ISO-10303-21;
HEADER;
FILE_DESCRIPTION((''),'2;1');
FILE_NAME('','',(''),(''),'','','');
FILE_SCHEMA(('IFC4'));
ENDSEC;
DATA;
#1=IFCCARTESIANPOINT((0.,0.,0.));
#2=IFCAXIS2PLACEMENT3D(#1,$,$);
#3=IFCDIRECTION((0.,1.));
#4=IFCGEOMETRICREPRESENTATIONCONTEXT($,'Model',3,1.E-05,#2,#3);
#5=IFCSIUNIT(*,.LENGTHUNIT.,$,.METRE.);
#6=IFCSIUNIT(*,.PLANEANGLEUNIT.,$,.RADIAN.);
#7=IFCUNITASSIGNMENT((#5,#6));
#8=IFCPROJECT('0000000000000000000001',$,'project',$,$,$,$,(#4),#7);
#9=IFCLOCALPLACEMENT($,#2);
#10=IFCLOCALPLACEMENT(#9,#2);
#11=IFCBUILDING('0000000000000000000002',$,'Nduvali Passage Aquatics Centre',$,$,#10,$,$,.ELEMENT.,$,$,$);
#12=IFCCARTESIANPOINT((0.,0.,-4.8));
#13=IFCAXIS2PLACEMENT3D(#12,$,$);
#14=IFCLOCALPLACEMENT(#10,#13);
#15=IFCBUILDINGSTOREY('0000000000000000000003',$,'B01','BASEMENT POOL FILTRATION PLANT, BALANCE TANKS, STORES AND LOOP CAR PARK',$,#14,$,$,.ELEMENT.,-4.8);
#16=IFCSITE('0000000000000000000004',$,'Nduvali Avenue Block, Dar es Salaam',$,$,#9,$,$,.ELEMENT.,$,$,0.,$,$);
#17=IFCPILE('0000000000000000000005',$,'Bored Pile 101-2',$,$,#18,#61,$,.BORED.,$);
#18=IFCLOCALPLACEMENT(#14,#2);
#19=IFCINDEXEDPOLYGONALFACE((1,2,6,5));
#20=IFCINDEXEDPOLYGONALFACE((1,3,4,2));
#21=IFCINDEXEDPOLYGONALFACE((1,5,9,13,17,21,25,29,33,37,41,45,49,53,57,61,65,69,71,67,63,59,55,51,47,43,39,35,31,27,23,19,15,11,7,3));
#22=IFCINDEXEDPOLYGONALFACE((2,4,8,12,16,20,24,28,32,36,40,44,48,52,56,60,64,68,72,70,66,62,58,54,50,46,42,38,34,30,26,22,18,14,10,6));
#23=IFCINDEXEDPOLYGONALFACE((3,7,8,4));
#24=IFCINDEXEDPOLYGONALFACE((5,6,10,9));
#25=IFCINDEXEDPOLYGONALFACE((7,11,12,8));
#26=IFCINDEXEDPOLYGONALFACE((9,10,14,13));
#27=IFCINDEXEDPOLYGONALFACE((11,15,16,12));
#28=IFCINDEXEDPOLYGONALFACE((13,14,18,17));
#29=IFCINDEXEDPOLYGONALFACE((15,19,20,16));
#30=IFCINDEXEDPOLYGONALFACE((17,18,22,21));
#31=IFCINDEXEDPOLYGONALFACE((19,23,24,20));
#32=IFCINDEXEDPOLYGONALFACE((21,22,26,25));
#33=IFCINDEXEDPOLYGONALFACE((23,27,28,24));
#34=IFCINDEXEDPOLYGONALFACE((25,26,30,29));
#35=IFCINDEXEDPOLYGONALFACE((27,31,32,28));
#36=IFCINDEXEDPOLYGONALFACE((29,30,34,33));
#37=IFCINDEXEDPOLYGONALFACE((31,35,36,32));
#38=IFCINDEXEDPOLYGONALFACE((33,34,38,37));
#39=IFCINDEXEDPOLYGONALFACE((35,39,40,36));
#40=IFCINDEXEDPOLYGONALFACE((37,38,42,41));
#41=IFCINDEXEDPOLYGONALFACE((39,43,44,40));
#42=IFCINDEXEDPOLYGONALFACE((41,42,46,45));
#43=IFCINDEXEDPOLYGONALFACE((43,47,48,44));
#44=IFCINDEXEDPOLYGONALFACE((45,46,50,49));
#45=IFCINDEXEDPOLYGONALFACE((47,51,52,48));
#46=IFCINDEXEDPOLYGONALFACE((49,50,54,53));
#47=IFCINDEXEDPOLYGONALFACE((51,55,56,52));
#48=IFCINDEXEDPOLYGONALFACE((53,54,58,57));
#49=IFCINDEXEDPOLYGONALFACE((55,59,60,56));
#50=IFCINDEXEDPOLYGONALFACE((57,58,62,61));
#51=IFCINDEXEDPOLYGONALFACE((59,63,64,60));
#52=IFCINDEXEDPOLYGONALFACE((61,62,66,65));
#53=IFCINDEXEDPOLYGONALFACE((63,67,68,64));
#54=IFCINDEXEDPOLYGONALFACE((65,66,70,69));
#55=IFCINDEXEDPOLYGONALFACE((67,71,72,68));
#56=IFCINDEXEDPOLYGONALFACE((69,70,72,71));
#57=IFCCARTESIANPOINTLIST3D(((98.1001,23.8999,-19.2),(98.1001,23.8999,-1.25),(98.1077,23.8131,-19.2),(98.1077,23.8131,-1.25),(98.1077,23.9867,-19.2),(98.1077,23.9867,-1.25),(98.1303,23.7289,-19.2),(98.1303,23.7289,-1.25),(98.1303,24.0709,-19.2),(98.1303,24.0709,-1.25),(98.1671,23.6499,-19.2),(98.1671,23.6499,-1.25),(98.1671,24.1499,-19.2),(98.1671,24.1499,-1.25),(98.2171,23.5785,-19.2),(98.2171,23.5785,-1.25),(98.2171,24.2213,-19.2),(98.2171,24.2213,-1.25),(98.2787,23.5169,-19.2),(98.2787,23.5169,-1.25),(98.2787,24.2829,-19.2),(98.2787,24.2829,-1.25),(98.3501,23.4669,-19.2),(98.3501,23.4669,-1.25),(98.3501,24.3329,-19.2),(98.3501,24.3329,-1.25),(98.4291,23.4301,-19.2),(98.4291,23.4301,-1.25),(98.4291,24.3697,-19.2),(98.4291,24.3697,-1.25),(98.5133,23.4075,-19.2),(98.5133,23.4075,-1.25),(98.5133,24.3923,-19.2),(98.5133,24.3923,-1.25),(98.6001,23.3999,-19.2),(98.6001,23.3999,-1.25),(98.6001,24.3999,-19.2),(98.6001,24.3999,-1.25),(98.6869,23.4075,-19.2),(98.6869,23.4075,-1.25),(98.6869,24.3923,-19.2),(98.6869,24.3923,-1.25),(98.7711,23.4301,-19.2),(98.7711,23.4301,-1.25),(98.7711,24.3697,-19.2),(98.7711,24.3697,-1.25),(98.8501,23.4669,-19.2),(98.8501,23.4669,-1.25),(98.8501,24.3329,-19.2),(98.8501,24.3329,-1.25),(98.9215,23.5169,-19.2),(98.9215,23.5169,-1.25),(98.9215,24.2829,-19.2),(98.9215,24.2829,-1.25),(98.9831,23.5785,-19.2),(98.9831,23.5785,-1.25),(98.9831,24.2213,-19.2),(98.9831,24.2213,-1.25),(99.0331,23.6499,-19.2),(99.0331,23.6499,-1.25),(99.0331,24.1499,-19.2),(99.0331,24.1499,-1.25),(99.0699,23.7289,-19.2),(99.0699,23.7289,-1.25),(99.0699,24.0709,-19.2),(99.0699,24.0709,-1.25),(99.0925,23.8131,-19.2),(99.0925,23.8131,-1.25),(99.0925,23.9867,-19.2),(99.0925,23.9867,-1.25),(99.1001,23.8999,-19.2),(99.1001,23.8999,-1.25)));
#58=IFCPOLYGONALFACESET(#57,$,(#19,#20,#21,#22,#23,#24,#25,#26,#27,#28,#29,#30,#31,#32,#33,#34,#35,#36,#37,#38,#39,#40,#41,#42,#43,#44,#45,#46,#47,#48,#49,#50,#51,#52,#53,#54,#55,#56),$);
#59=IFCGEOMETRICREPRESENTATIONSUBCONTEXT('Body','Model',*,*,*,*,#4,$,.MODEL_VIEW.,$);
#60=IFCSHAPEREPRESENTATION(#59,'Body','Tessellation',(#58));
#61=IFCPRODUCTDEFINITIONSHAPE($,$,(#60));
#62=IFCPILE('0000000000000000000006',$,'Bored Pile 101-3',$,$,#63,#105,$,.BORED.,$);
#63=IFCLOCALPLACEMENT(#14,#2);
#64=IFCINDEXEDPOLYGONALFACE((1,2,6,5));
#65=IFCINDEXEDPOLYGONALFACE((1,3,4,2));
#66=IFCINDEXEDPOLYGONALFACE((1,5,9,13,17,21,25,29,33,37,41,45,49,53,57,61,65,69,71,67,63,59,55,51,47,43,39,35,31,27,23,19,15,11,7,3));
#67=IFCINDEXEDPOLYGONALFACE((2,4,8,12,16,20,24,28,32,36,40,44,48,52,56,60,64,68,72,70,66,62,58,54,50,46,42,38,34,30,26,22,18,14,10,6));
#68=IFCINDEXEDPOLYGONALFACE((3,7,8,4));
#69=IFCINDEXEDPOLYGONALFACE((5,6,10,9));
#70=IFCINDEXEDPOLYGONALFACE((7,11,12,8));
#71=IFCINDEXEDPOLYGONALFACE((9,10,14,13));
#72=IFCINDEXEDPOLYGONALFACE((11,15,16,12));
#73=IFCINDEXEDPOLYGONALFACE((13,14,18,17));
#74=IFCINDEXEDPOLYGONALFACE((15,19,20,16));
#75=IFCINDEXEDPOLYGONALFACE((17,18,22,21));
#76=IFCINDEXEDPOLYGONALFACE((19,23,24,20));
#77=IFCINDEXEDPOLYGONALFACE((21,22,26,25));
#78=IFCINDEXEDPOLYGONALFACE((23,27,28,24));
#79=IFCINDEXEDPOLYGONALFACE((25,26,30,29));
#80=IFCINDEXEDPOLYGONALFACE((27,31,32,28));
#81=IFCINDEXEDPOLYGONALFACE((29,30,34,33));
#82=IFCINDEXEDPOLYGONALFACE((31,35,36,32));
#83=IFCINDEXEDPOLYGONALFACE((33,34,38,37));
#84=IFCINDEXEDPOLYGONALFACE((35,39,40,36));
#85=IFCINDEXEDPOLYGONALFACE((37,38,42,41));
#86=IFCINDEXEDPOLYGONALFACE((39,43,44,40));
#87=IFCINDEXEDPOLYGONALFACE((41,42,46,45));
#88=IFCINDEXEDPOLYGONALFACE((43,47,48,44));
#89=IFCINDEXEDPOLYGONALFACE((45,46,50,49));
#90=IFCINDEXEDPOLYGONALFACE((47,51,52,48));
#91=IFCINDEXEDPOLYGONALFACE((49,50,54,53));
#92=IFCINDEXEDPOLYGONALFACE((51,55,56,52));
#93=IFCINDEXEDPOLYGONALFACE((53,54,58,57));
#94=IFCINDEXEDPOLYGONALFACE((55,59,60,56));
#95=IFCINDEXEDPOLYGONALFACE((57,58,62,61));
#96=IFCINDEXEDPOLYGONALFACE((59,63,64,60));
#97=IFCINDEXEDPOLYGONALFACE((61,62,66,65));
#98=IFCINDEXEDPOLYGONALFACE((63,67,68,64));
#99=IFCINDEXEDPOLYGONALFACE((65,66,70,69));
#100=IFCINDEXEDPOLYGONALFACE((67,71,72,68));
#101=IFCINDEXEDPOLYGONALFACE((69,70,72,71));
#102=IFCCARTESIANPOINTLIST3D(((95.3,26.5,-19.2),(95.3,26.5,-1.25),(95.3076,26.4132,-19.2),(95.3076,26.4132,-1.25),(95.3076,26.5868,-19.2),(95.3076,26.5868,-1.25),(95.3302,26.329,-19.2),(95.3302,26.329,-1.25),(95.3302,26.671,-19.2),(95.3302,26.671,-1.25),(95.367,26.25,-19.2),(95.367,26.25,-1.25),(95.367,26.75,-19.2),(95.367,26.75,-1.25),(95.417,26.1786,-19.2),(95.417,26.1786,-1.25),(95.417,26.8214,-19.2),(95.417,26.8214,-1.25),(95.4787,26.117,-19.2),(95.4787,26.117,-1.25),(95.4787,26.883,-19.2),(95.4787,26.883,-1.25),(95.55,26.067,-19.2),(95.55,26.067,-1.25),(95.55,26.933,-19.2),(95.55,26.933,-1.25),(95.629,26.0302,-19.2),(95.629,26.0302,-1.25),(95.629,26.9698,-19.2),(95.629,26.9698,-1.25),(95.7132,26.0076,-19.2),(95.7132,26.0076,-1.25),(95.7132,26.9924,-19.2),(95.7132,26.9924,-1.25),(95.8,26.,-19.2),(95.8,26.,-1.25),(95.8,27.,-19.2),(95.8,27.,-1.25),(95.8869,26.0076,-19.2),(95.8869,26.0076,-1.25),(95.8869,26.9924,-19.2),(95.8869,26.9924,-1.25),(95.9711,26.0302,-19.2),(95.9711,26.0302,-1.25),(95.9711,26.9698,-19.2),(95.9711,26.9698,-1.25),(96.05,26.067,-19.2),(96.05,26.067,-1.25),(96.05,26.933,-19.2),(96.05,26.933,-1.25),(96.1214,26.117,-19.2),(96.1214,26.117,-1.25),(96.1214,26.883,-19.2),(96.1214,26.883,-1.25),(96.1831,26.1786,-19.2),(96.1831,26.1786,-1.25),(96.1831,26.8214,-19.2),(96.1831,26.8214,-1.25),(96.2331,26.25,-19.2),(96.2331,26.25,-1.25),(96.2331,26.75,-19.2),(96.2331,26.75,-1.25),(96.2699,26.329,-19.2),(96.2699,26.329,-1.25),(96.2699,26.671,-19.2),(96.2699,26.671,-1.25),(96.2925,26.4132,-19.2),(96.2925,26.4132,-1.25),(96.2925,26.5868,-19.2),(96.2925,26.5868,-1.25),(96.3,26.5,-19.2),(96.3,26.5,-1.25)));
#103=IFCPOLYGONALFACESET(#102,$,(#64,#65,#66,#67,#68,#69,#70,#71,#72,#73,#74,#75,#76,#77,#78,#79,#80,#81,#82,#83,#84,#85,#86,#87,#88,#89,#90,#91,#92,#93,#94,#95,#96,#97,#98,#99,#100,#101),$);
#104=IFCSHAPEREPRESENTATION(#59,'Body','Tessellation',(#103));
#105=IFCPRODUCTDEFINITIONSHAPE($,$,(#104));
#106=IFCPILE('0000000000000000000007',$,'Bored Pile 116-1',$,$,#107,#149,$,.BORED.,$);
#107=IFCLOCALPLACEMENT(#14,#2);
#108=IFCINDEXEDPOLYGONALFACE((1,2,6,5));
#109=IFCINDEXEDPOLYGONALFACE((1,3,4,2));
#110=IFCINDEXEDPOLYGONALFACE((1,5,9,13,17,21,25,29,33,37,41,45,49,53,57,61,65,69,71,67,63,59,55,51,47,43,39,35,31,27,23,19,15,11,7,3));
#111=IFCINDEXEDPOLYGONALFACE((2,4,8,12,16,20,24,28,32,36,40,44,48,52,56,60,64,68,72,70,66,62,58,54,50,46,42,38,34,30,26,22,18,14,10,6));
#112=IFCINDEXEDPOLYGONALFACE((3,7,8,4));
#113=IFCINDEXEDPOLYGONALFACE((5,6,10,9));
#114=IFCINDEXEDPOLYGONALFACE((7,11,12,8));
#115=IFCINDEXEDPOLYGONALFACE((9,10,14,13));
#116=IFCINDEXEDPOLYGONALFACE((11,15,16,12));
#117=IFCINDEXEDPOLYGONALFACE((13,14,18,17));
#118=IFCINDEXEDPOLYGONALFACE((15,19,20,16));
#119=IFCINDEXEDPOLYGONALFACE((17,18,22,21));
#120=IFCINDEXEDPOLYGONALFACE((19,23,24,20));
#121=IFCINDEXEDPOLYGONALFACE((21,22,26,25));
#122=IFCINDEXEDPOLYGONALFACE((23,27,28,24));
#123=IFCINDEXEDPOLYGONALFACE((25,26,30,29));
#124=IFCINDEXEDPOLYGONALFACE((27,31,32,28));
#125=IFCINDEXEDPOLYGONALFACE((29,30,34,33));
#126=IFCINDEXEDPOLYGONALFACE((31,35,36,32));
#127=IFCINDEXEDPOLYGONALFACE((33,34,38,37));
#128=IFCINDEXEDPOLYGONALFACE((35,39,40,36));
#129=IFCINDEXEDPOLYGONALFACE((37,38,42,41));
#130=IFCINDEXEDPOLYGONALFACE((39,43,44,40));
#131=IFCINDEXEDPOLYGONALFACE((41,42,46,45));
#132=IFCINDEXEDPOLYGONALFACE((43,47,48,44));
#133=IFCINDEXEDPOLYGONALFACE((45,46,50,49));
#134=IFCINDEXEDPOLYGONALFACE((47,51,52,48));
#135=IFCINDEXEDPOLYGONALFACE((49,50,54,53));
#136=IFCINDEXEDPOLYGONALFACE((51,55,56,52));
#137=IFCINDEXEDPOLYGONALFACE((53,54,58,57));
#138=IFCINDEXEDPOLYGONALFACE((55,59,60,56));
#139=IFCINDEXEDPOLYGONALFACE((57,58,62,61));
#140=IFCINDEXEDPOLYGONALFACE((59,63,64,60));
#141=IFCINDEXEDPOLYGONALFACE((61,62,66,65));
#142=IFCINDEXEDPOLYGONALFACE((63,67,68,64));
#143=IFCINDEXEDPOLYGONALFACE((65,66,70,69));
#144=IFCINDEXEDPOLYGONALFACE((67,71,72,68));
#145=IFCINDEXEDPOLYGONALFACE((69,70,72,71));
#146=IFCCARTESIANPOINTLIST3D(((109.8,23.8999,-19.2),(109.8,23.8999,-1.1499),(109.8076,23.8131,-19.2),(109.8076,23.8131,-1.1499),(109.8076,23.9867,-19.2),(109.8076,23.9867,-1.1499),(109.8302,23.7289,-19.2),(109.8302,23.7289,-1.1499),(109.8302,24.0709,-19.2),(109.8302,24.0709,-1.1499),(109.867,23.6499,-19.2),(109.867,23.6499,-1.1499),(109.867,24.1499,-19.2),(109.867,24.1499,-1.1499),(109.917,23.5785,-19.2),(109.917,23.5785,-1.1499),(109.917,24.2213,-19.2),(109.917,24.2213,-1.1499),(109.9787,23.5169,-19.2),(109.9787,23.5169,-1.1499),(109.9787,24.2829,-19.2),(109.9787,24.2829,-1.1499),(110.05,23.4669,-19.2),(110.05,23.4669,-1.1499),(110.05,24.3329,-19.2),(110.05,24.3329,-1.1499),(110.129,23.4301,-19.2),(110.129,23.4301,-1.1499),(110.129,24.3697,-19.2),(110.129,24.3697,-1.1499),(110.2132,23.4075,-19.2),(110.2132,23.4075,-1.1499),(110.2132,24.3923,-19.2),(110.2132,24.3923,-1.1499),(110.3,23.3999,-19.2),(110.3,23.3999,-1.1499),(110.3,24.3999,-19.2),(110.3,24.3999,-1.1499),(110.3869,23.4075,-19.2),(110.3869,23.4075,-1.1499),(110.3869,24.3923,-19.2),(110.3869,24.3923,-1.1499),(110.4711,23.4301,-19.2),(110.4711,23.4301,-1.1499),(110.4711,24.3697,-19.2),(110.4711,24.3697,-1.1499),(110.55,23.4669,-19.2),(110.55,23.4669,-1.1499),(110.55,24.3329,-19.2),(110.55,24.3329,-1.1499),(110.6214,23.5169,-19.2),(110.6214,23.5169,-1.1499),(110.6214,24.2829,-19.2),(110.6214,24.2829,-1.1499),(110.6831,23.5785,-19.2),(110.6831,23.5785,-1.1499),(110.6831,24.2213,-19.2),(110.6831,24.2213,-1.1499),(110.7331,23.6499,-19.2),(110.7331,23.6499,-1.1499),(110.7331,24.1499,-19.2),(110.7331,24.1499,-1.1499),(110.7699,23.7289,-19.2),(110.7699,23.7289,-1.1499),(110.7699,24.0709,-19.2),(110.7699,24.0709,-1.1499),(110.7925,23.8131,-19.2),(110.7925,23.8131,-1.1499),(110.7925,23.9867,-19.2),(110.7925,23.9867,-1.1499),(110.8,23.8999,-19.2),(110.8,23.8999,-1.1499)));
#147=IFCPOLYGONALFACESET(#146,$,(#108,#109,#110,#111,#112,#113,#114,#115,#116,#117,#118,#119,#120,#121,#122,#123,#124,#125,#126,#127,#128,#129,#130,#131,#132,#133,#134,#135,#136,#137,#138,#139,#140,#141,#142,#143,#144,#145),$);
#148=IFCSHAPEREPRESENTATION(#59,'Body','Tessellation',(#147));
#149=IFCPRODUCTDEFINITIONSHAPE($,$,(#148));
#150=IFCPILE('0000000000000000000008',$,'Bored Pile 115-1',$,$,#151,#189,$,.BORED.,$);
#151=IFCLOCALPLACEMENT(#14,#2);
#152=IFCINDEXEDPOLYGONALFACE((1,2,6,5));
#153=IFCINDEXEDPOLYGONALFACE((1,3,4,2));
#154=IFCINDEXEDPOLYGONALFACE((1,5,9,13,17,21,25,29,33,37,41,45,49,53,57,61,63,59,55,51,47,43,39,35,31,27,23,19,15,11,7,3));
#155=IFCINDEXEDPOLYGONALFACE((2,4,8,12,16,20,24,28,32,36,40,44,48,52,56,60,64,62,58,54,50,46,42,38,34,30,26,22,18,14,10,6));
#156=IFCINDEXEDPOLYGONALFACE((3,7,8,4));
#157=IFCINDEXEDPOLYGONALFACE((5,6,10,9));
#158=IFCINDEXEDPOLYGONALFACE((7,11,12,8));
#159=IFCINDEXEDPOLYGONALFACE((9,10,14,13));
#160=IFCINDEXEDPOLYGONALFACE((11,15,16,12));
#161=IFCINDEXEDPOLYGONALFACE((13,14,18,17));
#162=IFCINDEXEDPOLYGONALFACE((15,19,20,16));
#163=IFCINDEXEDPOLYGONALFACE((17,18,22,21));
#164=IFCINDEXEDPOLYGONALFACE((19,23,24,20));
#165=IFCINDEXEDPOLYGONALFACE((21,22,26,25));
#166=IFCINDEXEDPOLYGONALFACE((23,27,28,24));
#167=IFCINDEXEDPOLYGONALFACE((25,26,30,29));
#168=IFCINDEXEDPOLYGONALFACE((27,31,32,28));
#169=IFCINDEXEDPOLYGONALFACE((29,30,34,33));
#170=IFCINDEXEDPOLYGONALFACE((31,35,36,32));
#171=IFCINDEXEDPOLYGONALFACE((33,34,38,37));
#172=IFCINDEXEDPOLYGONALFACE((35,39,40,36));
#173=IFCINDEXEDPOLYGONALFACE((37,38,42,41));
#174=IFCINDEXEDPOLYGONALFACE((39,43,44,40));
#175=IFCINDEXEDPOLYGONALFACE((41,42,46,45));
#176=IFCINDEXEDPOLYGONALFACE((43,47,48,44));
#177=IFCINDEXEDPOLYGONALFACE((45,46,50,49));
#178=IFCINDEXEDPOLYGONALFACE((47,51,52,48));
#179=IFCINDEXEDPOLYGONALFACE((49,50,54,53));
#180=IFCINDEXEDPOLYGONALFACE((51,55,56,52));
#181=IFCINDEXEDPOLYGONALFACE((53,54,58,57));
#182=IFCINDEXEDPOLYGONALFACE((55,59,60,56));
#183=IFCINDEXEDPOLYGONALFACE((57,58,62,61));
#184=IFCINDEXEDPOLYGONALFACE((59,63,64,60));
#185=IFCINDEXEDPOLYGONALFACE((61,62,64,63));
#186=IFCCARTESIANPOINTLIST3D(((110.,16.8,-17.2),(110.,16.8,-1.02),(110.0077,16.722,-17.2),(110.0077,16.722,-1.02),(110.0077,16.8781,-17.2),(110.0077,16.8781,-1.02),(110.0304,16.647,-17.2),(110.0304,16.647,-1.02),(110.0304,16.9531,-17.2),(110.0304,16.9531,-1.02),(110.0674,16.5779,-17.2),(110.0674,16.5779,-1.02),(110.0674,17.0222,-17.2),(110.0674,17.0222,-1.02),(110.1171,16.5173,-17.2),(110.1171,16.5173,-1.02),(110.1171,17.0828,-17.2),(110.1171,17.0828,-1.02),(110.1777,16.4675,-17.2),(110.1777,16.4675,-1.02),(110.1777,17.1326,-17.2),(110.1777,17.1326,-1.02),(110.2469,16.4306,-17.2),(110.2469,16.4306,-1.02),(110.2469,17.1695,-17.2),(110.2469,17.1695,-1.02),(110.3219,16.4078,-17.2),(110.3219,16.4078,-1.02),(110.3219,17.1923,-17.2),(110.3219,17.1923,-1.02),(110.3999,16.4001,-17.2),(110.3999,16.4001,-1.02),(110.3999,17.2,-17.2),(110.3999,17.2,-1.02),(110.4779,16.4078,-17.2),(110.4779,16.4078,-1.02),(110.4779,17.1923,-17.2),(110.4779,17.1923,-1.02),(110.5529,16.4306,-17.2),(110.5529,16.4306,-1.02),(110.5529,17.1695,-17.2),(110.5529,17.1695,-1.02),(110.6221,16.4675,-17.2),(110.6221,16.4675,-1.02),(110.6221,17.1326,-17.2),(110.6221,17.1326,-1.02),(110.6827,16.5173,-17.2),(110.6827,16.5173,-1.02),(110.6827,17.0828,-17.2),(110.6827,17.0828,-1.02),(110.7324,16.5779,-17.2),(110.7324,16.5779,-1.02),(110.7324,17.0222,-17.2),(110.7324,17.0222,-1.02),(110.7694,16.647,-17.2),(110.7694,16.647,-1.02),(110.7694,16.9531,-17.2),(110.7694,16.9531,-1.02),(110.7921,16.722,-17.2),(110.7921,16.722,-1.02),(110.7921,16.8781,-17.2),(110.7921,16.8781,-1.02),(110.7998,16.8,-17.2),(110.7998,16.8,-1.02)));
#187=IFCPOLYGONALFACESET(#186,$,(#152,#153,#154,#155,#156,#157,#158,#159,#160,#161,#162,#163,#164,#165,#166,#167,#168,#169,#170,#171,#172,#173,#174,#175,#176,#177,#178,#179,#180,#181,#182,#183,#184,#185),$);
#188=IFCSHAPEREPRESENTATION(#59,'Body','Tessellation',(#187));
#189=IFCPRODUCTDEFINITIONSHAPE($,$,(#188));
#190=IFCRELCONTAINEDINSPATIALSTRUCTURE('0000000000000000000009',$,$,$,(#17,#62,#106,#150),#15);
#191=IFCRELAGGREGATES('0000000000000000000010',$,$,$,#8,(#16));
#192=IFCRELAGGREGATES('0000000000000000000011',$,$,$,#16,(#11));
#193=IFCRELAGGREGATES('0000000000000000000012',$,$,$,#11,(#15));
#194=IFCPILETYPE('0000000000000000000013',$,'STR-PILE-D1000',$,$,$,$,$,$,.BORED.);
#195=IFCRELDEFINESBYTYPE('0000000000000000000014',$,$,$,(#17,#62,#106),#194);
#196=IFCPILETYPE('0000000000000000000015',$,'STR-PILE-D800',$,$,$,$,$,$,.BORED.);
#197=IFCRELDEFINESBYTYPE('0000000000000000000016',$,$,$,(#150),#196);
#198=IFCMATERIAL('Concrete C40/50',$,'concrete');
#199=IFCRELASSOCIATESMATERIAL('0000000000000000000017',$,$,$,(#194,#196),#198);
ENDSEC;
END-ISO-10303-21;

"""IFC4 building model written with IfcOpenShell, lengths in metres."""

from ifc_helpers import new_model, si_unit, direction, frame, origin, origin_2d, place, context, subcontext, project, spatial, circle, extrude, material, material_profile, profile_set, type_object, element, save


model = new_model("IFC4")

# Units and contexts
model_context = context("Model", 3, precision=1e-05, world=origin(), true_north=direction((0.0, 1.0)))
body_context = subcontext(model_context, "Body", "Model", "MODEL_VIEW")
ifc_project = project(units=[si_unit("LENGTHUNIT", "METRE"), si_unit("PLANEANGLEUNIT", "RADIAN")], contexts=[model_context])

# Site, building, storey
site_placement = place(None, origin())
site = spatial("IfcSite", under=ifc_project, at=site_placement, Name="Nduvali Avenue Block, Dar es Salaam", CompositionType="ELEMENT", RefElevation=0.0)
building_placement = place(site_placement, origin())
building = spatial("IfcBuilding", under=site, at=building_placement, Name="Nduvali Passage Aquatics Centre", CompositionType="ELEMENT")
storey_placement = place(building_placement, frame((0.0, 0.0, -4.8)))
storey = spatial("IfcBuildingStorey", under=building, at=storey_placement, Name="B01", Description="BASEMENT POOL FILTRATION PLANT, BALANCE TANKS, STORES AND LOOP CAR PARK", CompositionType="ELEMENT", Elevation=-4.8)

# Shared definitions
ifc_material = material(Name="Concrete C40/50", Category="concrete")

# Piles
ifc_material_profile_1 = material_profile(ifc_material, circle(Radius=0.5, at=origin_2d()), Name="PILE D1000")
ifc_profile_set_1 = profile_set([ifc_material_profile_1], Name="Concrete C40/50")
pile_type_1 = type_object("IfcPileType", Name="STR-PILE-D1000", PredefinedType="BORED", material=ifc_profile_set_1)
for number, where, z_axis, x_axis, name in (
    (1, (98.6001, 23.8999, -1.25), (0.0, 0.0, -1.0), (1.0, 0.0, 0.0), "Bored Pile 101-2"),
    (2, (95.8, 26.5, -1.25), (0.0, 0.0, -1.0), (1.0, 0.0, 0.0), "Bored Pile 101-3"),
):
    element("IfcPile", number, at=place(storey_placement, frame(where, z_axis=z_axis, x_axis=x_axis)), inside=storey, type_object=pile_type_1, Name=name, PredefinedType="BORED", context=body_context, shape_type="SweptSolid", body=[
        extrude(circle(Radius=0.5, at=origin_2d()), origin(), (0.0, 0.0, 1.0), 17.95),
    ])
pile_placement = place(storey_placement, frame((110.3, 23.8999, -1.1499), z_axis=(0.0, 0.0, -1.0), x_axis=(1.0, 0.0, 0.0)))
element("IfcPile", 3, at=pile_placement, inside=storey, type_object=pile_type_1, Name="Bored Pile 116-1", PredefinedType="BORED", context=body_context, shape_type="SweptSolid", body=[
    extrude(circle(Radius=0.5, at=origin_2d()), origin(), (0.0, 0.0, 1.0), 18.05),
])
ifc_material_profile_2 = material_profile(ifc_material, circle(Radius=0.3999, at=origin_2d()), Name="PILE D800")
ifc_profile_set_2 = profile_set([ifc_material_profile_2], Name="Concrete C40/50")
pile_type_2 = type_object("IfcPileType", Name="STR-PILE-D800", PredefinedType="BORED", material=ifc_profile_set_2)
for number, where, z_axis, x_axis, name in (
    (4, (110.3999, 16.8, -1.02), (0.0, 0.0, -1.0), (1.0, 0.0, 0.0), "Bored Pile 115-1"),
):
    element("IfcPile", number, at=place(storey_placement, frame(where, z_axis=z_axis, x_axis=x_axis)), inside=storey, type_object=pile_type_2, Name=name, PredefinedType="BORED", context=body_context, shape_type="SweptSolid", body=[
        extrude(circle(Radius=0.3999, at=origin_2d()), origin(), (0.0, 0.0, 1.0), 16.1799),
    ])

save(model, "model.ifc")
